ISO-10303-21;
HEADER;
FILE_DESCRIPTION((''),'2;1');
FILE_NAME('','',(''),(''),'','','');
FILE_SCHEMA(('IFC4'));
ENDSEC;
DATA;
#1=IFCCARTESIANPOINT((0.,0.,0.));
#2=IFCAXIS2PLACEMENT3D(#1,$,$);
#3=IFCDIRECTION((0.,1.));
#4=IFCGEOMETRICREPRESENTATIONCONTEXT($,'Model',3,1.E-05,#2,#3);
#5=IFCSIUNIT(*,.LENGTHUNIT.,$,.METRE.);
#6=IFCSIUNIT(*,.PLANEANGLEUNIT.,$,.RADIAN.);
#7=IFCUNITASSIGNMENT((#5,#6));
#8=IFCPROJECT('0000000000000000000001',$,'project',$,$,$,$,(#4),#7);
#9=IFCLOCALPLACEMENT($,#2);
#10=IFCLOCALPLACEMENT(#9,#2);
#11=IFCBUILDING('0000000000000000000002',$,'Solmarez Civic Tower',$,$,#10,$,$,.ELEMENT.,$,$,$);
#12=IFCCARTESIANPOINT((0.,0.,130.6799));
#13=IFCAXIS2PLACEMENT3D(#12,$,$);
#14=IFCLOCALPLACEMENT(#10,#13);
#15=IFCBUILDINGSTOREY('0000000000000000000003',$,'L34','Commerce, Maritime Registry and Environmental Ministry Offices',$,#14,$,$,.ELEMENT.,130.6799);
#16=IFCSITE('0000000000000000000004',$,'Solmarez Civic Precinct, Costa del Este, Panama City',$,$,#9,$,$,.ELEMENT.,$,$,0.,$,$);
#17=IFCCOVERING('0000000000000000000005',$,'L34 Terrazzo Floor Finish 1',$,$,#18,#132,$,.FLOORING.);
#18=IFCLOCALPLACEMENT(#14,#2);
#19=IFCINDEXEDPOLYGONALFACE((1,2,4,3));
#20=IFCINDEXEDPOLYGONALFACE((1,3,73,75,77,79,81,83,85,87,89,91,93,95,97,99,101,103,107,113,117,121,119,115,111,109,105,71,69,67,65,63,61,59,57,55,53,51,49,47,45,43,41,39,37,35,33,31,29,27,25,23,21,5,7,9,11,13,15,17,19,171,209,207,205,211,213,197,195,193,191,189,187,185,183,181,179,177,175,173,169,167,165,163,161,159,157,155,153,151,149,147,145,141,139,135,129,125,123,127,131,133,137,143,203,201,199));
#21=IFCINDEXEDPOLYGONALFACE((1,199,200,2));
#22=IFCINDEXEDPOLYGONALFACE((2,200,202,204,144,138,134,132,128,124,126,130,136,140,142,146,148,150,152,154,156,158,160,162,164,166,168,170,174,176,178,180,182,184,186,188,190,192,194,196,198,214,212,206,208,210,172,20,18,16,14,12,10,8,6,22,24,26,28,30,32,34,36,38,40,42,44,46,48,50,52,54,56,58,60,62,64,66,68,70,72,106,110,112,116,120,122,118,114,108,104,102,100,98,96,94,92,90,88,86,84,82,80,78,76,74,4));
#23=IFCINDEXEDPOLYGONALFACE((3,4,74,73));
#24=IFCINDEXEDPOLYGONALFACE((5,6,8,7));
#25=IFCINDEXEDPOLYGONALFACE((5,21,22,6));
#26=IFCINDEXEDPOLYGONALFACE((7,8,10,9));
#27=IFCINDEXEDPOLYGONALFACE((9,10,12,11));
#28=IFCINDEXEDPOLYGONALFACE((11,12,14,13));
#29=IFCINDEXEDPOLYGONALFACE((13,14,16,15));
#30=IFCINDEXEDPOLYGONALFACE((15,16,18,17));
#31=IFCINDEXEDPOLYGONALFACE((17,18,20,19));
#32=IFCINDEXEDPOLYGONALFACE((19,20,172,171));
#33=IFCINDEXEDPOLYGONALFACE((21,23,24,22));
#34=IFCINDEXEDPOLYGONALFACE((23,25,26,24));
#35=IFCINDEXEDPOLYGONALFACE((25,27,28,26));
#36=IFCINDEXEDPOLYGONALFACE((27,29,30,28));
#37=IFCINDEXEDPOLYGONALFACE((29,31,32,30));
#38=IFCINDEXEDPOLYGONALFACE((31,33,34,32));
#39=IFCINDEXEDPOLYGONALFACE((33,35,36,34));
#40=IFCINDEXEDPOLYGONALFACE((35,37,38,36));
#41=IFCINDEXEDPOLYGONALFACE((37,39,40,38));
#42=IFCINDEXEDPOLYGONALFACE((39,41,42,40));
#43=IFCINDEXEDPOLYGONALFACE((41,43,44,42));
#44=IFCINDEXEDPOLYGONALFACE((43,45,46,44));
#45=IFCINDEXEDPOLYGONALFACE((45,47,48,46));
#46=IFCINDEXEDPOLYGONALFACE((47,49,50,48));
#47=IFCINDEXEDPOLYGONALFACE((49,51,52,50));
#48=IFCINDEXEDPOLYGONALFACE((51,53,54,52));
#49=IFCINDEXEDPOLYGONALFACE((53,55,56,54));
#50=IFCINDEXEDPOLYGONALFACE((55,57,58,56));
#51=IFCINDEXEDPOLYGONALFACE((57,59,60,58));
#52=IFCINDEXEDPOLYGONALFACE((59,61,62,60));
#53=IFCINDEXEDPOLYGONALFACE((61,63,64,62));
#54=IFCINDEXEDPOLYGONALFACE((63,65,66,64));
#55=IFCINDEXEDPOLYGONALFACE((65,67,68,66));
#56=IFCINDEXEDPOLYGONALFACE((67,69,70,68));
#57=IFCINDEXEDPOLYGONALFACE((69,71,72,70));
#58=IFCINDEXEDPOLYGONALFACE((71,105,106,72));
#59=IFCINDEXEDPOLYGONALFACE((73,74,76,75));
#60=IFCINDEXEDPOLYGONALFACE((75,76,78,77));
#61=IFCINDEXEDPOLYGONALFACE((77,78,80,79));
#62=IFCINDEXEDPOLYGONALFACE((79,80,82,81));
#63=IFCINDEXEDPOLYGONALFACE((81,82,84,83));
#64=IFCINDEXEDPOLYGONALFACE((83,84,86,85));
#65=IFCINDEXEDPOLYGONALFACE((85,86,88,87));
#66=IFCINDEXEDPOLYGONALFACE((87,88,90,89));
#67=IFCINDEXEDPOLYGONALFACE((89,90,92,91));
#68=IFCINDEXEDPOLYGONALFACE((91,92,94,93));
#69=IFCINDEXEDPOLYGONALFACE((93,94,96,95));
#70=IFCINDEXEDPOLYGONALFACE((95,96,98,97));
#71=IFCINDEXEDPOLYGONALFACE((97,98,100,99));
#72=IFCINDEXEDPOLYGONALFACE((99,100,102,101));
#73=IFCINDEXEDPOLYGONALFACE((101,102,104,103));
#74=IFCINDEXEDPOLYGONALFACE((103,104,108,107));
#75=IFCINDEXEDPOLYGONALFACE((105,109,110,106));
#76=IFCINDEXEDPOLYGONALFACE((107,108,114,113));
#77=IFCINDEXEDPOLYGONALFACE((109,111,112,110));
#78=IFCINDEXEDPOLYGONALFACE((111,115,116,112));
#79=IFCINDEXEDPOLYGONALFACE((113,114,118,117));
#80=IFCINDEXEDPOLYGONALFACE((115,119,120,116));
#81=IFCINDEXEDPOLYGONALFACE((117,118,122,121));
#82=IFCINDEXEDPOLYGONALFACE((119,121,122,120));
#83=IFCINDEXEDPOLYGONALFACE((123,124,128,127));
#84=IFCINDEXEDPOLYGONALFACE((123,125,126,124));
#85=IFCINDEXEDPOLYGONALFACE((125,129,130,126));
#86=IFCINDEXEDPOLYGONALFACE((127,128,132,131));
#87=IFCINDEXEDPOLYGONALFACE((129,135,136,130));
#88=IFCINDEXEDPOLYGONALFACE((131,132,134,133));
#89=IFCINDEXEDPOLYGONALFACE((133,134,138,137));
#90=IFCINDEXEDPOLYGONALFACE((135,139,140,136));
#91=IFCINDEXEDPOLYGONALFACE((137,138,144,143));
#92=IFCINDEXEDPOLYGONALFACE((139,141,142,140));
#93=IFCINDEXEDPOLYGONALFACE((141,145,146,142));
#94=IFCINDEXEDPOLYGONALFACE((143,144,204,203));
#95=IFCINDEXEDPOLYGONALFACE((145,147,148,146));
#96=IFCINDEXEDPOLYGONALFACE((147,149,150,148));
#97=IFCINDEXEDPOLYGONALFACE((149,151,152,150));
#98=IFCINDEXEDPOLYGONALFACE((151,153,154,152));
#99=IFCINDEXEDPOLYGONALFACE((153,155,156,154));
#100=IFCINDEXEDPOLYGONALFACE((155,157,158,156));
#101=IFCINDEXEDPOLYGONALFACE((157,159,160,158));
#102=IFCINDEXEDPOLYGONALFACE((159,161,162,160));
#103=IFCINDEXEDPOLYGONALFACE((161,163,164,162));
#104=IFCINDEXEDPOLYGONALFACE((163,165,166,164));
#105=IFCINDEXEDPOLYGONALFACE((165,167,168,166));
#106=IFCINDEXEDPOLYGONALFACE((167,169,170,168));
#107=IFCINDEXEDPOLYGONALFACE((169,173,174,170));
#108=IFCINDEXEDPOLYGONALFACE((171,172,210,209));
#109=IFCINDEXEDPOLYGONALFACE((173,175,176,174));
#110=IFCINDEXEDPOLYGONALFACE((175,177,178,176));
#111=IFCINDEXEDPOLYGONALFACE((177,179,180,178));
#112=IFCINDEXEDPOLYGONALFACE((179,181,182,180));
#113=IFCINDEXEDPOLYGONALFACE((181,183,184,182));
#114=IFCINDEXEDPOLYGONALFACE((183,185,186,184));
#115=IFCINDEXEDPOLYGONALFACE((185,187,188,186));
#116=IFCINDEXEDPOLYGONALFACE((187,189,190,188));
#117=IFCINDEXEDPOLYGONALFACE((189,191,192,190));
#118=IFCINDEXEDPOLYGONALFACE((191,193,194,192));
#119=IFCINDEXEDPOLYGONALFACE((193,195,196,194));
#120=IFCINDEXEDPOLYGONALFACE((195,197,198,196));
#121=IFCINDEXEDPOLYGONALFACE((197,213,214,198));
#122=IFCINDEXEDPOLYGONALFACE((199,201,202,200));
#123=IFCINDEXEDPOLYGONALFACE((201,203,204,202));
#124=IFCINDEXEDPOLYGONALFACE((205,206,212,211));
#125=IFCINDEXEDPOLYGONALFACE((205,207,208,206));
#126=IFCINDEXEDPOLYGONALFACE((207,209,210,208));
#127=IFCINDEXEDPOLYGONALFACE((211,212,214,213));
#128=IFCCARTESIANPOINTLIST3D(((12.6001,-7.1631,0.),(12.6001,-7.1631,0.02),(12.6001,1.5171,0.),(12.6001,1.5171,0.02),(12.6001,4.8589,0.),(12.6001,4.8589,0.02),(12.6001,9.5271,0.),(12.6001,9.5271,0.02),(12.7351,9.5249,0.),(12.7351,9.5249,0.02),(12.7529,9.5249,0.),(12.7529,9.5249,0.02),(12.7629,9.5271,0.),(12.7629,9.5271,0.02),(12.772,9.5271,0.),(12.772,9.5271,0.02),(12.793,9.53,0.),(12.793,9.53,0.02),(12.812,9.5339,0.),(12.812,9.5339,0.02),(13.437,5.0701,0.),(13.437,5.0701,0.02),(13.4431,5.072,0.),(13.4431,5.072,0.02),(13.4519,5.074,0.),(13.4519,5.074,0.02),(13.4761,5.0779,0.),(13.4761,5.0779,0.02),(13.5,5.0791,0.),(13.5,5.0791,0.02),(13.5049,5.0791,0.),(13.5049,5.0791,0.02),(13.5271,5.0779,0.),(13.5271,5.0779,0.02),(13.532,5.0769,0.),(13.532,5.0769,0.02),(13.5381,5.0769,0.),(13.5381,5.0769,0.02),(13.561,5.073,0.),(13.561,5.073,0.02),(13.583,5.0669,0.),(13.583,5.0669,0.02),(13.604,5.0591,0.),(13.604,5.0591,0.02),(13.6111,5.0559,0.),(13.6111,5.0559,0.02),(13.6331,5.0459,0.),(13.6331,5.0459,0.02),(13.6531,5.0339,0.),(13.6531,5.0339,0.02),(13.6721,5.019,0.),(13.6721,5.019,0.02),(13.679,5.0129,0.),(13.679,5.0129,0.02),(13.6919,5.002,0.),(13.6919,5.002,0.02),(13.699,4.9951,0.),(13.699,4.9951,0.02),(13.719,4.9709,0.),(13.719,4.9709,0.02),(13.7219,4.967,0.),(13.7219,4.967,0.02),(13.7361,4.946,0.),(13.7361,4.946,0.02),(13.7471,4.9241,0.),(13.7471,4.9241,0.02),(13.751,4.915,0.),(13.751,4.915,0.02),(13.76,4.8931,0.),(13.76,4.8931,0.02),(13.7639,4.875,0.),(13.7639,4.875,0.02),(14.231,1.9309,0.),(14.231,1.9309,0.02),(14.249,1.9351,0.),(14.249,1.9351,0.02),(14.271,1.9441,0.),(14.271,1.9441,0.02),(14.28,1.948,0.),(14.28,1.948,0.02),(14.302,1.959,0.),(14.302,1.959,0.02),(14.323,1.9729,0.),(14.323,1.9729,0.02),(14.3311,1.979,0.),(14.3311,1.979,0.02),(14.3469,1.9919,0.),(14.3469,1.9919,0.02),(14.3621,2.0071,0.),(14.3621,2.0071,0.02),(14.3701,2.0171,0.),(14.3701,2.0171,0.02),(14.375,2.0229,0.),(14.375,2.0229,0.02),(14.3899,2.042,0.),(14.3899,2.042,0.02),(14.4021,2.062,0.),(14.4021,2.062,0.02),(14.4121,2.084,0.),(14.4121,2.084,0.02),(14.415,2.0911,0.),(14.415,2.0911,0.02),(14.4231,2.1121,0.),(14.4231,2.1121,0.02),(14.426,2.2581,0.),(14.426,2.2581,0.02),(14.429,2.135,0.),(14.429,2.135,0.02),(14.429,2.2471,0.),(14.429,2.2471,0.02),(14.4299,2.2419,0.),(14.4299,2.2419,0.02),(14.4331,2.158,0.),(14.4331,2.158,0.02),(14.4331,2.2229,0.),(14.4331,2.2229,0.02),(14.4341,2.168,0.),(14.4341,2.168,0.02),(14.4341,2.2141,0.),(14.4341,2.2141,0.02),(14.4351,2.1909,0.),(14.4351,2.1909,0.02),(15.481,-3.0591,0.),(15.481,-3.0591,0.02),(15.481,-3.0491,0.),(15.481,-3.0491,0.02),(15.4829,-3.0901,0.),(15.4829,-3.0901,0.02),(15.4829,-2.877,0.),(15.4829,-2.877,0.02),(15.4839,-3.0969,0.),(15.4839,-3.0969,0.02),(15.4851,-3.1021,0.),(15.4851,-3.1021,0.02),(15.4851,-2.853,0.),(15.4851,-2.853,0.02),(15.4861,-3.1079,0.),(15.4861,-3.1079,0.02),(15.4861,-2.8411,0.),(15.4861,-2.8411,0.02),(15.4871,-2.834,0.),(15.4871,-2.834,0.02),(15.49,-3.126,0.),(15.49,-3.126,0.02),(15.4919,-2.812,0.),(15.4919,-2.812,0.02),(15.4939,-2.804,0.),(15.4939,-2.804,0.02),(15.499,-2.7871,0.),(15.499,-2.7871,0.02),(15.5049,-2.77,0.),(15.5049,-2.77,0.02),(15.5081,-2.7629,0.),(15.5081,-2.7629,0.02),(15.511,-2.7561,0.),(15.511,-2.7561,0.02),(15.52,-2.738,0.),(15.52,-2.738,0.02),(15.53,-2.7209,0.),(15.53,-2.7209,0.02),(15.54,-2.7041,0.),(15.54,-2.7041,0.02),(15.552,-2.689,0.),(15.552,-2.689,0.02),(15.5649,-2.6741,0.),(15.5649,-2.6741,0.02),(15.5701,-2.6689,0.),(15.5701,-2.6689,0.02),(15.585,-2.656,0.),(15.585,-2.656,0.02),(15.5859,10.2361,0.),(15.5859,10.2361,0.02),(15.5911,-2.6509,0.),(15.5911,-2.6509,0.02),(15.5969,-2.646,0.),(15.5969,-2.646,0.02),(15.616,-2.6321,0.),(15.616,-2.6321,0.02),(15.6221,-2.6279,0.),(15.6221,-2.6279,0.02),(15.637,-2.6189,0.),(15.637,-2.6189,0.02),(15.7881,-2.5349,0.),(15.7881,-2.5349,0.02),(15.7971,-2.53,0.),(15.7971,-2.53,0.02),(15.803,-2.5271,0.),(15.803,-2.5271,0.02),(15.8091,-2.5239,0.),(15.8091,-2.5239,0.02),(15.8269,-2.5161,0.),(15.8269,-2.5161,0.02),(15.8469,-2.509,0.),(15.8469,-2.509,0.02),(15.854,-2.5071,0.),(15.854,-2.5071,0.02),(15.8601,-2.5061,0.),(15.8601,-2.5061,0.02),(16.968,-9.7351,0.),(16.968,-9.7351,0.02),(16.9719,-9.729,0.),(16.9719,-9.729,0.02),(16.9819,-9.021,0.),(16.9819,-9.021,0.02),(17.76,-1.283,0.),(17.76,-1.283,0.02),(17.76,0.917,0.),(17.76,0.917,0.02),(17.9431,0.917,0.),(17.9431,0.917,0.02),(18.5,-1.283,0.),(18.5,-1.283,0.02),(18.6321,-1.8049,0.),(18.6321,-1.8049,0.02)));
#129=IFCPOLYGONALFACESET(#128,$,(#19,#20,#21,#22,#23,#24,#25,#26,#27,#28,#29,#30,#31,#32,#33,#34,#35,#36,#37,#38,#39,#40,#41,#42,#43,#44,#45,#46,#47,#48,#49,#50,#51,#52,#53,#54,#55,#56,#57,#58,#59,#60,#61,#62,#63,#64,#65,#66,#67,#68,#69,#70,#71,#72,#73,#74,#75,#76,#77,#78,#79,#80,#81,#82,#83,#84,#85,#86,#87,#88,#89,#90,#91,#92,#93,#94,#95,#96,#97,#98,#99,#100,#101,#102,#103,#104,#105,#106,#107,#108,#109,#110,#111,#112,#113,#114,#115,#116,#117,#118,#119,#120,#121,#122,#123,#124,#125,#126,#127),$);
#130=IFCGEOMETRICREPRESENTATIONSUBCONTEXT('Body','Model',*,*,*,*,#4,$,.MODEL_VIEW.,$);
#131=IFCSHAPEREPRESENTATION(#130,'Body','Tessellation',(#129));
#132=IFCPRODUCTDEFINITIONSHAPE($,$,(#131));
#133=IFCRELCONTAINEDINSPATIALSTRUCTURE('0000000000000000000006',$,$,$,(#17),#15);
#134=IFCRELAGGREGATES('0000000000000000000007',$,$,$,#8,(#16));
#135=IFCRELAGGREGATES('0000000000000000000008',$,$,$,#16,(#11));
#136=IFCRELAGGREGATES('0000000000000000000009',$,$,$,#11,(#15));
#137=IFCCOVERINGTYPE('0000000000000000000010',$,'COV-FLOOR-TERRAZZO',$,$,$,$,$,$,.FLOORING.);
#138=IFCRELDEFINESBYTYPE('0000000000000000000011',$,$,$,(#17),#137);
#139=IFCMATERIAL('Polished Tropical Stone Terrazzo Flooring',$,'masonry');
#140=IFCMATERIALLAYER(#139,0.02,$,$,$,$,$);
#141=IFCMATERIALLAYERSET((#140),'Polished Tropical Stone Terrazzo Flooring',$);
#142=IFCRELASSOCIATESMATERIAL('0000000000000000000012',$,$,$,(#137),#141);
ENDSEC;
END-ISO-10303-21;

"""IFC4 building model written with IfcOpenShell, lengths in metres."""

from ifc_helpers import new_model, si_unit, direction, frame, origin, place, context, subcontext, project, spatial, polyline, outline, extrude, material, layer, layer_set, type_object, element, save


model = new_model("IFC4")

# Units and contexts
model_context = context("Model", 3, precision=1e-05, world=origin(), true_north=direction((0.0, 1.0)))
body_context = subcontext(model_context, "Body", "Model", "MODEL_VIEW")
ifc_project = project(units=[si_unit("LENGTHUNIT", "METRE"), si_unit("PLANEANGLEUNIT", "RADIAN")], contexts=[model_context])

# Site, building, storey
site_placement = place(None, origin())
site = spatial("IfcSite", under=ifc_project, at=site_placement, Name="Solmarez Civic Precinct, Costa del Este, Panama City", CompositionType="ELEMENT", RefElevation=0.0)
building_placement = place(site_placement, origin())
building = spatial("IfcBuilding", under=site, at=building_placement, Name="Solmarez Civic Tower", CompositionType="ELEMENT")
storey_placement = place(building_placement, frame((0.0, 0.0, 130.6799)))
storey = spatial("IfcBuildingStorey", under=building, at=storey_placement, Name="L34", Description="Commerce, Maritime Registry and Environmental Ministry Offices", CompositionType="ELEMENT", Elevation=130.6799)

# Covering
ifc_material_1 = material(Name="Polished Tropical Stone Terrazzo Flooring", Category="masonry")
ifc_layer_1 = layer(ifc_material_1, 0.02)
ifc_layer_set_1 = layer_set([ifc_layer_1], Name="Polished Tropical Stone Terrazzo Flooring")
covering_type_1 = type_object("IfcCoveringType", Name="COV-FLOOR-TERRAZZO", PredefinedType="FLOORING", material=ifc_layer_set_1)
covering_1_placement = place(storey_placement, origin())
element("IfcCovering", 1, at=covering_1_placement, inside=storey, type_object=covering_type_1, Name="L34 Terrazzo Floor Finish 1", PredefinedType="FLOORING", context=body_context, shape_type="SweptSolid", body=[
    extrude(outline(polyline([(12.6001, 9.5271), (12.6001, 4.8589), (13.437, 5.0701), (13.4431, 5.072), (13.4519, 5.074), (13.4761, 5.0779), (13.5, 5.0791), (13.5049, 5.0791), (13.5271, 5.0779), (13.532, 5.0769), (13.5381, 5.0769), (13.561, 5.073), (13.583, 5.0669), (13.604, 5.0591), (13.6111, 5.0559), (13.6331, 5.0459), (13.6531, 5.0339), (13.6721, 5.019), (13.679, 5.0129), (13.6919, 5.002), (13.699, 4.9951), (13.719, 4.9709), (13.7219, 4.967), (13.7361, 4.946), (13.7471, 4.9241), (13.751, 4.915), (13.76, 4.8931), (13.7639, 4.875), (14.426, 2.2581), (14.429, 2.2471), (14.4299, 2.2419), (14.4331, 2.2229), (14.4341, 2.2141), (14.4351, 2.1909), (14.4341, 2.168), (14.4331, 2.158), (14.429, 2.135), (14.4231, 2.1121), (14.415, 2.0911), (14.4121, 2.084), (14.4021, 2.062), (14.3899, 2.042), (14.375, 2.0229), (14.3701, 2.0171), (14.3621, 2.0071), (14.3469, 1.9919), (14.3311, 1.979), (14.323, 1.9729), (14.302, 1.959), (14.28, 1.948), (14.271, 1.9441), (14.249, 1.9351), (14.231, 1.9309), (12.6001, 1.5171), (12.6001, -7.1631), (16.968, -9.7351), (16.9719, -9.729), (16.9819, -9.021), (15.49, -3.126), (15.4861, -3.1079), (15.4851, -3.1021), (15.4839, -3.0969), (15.4829, -3.0901), (15.481, -3.0591), (15.481, -3.0491), (15.4829, -2.877), (15.4851, -2.853), (15.4861, -2.8411), (15.4871, -2.834), (15.4919, -2.812), (15.4939, -2.804), (15.499, -2.7871), (15.5049, -2.77), (15.5081, -2.7629), (15.511, -2.7561), (15.52, -2.738), (15.53, -2.7209), (15.54, -2.7041), (15.552, -2.689), (15.5649, -2.6741), (15.5701, -2.6689), (15.585, -2.656), (15.5911, -2.6509), (15.5969, -2.646), (15.616, -2.6321), (15.6221, -2.6279), (15.637, -2.6189), (15.7881, -2.5349), (15.7971, -2.53), (15.803, -2.5271), (15.8091, -2.5239), (15.8269, -2.5161), (15.8469, -2.509), (15.854, -2.5071), (15.8601, -2.5061), (18.6321, -1.8049), (18.5, -1.283), (17.76, -1.283), (17.76, 0.917), (17.9431, 0.917), (15.5859, 10.2361), (12.812, 9.5339), (12.793, 9.53), (12.772, 9.5271), (12.7629, 9.5271), (12.7529, 9.5249), (12.7351, 9.5249), (12.6001, 9.5271)])), origin(), (0.0, 0.0, 1.0), 0.02),
])

save(model, "model.ifc")
